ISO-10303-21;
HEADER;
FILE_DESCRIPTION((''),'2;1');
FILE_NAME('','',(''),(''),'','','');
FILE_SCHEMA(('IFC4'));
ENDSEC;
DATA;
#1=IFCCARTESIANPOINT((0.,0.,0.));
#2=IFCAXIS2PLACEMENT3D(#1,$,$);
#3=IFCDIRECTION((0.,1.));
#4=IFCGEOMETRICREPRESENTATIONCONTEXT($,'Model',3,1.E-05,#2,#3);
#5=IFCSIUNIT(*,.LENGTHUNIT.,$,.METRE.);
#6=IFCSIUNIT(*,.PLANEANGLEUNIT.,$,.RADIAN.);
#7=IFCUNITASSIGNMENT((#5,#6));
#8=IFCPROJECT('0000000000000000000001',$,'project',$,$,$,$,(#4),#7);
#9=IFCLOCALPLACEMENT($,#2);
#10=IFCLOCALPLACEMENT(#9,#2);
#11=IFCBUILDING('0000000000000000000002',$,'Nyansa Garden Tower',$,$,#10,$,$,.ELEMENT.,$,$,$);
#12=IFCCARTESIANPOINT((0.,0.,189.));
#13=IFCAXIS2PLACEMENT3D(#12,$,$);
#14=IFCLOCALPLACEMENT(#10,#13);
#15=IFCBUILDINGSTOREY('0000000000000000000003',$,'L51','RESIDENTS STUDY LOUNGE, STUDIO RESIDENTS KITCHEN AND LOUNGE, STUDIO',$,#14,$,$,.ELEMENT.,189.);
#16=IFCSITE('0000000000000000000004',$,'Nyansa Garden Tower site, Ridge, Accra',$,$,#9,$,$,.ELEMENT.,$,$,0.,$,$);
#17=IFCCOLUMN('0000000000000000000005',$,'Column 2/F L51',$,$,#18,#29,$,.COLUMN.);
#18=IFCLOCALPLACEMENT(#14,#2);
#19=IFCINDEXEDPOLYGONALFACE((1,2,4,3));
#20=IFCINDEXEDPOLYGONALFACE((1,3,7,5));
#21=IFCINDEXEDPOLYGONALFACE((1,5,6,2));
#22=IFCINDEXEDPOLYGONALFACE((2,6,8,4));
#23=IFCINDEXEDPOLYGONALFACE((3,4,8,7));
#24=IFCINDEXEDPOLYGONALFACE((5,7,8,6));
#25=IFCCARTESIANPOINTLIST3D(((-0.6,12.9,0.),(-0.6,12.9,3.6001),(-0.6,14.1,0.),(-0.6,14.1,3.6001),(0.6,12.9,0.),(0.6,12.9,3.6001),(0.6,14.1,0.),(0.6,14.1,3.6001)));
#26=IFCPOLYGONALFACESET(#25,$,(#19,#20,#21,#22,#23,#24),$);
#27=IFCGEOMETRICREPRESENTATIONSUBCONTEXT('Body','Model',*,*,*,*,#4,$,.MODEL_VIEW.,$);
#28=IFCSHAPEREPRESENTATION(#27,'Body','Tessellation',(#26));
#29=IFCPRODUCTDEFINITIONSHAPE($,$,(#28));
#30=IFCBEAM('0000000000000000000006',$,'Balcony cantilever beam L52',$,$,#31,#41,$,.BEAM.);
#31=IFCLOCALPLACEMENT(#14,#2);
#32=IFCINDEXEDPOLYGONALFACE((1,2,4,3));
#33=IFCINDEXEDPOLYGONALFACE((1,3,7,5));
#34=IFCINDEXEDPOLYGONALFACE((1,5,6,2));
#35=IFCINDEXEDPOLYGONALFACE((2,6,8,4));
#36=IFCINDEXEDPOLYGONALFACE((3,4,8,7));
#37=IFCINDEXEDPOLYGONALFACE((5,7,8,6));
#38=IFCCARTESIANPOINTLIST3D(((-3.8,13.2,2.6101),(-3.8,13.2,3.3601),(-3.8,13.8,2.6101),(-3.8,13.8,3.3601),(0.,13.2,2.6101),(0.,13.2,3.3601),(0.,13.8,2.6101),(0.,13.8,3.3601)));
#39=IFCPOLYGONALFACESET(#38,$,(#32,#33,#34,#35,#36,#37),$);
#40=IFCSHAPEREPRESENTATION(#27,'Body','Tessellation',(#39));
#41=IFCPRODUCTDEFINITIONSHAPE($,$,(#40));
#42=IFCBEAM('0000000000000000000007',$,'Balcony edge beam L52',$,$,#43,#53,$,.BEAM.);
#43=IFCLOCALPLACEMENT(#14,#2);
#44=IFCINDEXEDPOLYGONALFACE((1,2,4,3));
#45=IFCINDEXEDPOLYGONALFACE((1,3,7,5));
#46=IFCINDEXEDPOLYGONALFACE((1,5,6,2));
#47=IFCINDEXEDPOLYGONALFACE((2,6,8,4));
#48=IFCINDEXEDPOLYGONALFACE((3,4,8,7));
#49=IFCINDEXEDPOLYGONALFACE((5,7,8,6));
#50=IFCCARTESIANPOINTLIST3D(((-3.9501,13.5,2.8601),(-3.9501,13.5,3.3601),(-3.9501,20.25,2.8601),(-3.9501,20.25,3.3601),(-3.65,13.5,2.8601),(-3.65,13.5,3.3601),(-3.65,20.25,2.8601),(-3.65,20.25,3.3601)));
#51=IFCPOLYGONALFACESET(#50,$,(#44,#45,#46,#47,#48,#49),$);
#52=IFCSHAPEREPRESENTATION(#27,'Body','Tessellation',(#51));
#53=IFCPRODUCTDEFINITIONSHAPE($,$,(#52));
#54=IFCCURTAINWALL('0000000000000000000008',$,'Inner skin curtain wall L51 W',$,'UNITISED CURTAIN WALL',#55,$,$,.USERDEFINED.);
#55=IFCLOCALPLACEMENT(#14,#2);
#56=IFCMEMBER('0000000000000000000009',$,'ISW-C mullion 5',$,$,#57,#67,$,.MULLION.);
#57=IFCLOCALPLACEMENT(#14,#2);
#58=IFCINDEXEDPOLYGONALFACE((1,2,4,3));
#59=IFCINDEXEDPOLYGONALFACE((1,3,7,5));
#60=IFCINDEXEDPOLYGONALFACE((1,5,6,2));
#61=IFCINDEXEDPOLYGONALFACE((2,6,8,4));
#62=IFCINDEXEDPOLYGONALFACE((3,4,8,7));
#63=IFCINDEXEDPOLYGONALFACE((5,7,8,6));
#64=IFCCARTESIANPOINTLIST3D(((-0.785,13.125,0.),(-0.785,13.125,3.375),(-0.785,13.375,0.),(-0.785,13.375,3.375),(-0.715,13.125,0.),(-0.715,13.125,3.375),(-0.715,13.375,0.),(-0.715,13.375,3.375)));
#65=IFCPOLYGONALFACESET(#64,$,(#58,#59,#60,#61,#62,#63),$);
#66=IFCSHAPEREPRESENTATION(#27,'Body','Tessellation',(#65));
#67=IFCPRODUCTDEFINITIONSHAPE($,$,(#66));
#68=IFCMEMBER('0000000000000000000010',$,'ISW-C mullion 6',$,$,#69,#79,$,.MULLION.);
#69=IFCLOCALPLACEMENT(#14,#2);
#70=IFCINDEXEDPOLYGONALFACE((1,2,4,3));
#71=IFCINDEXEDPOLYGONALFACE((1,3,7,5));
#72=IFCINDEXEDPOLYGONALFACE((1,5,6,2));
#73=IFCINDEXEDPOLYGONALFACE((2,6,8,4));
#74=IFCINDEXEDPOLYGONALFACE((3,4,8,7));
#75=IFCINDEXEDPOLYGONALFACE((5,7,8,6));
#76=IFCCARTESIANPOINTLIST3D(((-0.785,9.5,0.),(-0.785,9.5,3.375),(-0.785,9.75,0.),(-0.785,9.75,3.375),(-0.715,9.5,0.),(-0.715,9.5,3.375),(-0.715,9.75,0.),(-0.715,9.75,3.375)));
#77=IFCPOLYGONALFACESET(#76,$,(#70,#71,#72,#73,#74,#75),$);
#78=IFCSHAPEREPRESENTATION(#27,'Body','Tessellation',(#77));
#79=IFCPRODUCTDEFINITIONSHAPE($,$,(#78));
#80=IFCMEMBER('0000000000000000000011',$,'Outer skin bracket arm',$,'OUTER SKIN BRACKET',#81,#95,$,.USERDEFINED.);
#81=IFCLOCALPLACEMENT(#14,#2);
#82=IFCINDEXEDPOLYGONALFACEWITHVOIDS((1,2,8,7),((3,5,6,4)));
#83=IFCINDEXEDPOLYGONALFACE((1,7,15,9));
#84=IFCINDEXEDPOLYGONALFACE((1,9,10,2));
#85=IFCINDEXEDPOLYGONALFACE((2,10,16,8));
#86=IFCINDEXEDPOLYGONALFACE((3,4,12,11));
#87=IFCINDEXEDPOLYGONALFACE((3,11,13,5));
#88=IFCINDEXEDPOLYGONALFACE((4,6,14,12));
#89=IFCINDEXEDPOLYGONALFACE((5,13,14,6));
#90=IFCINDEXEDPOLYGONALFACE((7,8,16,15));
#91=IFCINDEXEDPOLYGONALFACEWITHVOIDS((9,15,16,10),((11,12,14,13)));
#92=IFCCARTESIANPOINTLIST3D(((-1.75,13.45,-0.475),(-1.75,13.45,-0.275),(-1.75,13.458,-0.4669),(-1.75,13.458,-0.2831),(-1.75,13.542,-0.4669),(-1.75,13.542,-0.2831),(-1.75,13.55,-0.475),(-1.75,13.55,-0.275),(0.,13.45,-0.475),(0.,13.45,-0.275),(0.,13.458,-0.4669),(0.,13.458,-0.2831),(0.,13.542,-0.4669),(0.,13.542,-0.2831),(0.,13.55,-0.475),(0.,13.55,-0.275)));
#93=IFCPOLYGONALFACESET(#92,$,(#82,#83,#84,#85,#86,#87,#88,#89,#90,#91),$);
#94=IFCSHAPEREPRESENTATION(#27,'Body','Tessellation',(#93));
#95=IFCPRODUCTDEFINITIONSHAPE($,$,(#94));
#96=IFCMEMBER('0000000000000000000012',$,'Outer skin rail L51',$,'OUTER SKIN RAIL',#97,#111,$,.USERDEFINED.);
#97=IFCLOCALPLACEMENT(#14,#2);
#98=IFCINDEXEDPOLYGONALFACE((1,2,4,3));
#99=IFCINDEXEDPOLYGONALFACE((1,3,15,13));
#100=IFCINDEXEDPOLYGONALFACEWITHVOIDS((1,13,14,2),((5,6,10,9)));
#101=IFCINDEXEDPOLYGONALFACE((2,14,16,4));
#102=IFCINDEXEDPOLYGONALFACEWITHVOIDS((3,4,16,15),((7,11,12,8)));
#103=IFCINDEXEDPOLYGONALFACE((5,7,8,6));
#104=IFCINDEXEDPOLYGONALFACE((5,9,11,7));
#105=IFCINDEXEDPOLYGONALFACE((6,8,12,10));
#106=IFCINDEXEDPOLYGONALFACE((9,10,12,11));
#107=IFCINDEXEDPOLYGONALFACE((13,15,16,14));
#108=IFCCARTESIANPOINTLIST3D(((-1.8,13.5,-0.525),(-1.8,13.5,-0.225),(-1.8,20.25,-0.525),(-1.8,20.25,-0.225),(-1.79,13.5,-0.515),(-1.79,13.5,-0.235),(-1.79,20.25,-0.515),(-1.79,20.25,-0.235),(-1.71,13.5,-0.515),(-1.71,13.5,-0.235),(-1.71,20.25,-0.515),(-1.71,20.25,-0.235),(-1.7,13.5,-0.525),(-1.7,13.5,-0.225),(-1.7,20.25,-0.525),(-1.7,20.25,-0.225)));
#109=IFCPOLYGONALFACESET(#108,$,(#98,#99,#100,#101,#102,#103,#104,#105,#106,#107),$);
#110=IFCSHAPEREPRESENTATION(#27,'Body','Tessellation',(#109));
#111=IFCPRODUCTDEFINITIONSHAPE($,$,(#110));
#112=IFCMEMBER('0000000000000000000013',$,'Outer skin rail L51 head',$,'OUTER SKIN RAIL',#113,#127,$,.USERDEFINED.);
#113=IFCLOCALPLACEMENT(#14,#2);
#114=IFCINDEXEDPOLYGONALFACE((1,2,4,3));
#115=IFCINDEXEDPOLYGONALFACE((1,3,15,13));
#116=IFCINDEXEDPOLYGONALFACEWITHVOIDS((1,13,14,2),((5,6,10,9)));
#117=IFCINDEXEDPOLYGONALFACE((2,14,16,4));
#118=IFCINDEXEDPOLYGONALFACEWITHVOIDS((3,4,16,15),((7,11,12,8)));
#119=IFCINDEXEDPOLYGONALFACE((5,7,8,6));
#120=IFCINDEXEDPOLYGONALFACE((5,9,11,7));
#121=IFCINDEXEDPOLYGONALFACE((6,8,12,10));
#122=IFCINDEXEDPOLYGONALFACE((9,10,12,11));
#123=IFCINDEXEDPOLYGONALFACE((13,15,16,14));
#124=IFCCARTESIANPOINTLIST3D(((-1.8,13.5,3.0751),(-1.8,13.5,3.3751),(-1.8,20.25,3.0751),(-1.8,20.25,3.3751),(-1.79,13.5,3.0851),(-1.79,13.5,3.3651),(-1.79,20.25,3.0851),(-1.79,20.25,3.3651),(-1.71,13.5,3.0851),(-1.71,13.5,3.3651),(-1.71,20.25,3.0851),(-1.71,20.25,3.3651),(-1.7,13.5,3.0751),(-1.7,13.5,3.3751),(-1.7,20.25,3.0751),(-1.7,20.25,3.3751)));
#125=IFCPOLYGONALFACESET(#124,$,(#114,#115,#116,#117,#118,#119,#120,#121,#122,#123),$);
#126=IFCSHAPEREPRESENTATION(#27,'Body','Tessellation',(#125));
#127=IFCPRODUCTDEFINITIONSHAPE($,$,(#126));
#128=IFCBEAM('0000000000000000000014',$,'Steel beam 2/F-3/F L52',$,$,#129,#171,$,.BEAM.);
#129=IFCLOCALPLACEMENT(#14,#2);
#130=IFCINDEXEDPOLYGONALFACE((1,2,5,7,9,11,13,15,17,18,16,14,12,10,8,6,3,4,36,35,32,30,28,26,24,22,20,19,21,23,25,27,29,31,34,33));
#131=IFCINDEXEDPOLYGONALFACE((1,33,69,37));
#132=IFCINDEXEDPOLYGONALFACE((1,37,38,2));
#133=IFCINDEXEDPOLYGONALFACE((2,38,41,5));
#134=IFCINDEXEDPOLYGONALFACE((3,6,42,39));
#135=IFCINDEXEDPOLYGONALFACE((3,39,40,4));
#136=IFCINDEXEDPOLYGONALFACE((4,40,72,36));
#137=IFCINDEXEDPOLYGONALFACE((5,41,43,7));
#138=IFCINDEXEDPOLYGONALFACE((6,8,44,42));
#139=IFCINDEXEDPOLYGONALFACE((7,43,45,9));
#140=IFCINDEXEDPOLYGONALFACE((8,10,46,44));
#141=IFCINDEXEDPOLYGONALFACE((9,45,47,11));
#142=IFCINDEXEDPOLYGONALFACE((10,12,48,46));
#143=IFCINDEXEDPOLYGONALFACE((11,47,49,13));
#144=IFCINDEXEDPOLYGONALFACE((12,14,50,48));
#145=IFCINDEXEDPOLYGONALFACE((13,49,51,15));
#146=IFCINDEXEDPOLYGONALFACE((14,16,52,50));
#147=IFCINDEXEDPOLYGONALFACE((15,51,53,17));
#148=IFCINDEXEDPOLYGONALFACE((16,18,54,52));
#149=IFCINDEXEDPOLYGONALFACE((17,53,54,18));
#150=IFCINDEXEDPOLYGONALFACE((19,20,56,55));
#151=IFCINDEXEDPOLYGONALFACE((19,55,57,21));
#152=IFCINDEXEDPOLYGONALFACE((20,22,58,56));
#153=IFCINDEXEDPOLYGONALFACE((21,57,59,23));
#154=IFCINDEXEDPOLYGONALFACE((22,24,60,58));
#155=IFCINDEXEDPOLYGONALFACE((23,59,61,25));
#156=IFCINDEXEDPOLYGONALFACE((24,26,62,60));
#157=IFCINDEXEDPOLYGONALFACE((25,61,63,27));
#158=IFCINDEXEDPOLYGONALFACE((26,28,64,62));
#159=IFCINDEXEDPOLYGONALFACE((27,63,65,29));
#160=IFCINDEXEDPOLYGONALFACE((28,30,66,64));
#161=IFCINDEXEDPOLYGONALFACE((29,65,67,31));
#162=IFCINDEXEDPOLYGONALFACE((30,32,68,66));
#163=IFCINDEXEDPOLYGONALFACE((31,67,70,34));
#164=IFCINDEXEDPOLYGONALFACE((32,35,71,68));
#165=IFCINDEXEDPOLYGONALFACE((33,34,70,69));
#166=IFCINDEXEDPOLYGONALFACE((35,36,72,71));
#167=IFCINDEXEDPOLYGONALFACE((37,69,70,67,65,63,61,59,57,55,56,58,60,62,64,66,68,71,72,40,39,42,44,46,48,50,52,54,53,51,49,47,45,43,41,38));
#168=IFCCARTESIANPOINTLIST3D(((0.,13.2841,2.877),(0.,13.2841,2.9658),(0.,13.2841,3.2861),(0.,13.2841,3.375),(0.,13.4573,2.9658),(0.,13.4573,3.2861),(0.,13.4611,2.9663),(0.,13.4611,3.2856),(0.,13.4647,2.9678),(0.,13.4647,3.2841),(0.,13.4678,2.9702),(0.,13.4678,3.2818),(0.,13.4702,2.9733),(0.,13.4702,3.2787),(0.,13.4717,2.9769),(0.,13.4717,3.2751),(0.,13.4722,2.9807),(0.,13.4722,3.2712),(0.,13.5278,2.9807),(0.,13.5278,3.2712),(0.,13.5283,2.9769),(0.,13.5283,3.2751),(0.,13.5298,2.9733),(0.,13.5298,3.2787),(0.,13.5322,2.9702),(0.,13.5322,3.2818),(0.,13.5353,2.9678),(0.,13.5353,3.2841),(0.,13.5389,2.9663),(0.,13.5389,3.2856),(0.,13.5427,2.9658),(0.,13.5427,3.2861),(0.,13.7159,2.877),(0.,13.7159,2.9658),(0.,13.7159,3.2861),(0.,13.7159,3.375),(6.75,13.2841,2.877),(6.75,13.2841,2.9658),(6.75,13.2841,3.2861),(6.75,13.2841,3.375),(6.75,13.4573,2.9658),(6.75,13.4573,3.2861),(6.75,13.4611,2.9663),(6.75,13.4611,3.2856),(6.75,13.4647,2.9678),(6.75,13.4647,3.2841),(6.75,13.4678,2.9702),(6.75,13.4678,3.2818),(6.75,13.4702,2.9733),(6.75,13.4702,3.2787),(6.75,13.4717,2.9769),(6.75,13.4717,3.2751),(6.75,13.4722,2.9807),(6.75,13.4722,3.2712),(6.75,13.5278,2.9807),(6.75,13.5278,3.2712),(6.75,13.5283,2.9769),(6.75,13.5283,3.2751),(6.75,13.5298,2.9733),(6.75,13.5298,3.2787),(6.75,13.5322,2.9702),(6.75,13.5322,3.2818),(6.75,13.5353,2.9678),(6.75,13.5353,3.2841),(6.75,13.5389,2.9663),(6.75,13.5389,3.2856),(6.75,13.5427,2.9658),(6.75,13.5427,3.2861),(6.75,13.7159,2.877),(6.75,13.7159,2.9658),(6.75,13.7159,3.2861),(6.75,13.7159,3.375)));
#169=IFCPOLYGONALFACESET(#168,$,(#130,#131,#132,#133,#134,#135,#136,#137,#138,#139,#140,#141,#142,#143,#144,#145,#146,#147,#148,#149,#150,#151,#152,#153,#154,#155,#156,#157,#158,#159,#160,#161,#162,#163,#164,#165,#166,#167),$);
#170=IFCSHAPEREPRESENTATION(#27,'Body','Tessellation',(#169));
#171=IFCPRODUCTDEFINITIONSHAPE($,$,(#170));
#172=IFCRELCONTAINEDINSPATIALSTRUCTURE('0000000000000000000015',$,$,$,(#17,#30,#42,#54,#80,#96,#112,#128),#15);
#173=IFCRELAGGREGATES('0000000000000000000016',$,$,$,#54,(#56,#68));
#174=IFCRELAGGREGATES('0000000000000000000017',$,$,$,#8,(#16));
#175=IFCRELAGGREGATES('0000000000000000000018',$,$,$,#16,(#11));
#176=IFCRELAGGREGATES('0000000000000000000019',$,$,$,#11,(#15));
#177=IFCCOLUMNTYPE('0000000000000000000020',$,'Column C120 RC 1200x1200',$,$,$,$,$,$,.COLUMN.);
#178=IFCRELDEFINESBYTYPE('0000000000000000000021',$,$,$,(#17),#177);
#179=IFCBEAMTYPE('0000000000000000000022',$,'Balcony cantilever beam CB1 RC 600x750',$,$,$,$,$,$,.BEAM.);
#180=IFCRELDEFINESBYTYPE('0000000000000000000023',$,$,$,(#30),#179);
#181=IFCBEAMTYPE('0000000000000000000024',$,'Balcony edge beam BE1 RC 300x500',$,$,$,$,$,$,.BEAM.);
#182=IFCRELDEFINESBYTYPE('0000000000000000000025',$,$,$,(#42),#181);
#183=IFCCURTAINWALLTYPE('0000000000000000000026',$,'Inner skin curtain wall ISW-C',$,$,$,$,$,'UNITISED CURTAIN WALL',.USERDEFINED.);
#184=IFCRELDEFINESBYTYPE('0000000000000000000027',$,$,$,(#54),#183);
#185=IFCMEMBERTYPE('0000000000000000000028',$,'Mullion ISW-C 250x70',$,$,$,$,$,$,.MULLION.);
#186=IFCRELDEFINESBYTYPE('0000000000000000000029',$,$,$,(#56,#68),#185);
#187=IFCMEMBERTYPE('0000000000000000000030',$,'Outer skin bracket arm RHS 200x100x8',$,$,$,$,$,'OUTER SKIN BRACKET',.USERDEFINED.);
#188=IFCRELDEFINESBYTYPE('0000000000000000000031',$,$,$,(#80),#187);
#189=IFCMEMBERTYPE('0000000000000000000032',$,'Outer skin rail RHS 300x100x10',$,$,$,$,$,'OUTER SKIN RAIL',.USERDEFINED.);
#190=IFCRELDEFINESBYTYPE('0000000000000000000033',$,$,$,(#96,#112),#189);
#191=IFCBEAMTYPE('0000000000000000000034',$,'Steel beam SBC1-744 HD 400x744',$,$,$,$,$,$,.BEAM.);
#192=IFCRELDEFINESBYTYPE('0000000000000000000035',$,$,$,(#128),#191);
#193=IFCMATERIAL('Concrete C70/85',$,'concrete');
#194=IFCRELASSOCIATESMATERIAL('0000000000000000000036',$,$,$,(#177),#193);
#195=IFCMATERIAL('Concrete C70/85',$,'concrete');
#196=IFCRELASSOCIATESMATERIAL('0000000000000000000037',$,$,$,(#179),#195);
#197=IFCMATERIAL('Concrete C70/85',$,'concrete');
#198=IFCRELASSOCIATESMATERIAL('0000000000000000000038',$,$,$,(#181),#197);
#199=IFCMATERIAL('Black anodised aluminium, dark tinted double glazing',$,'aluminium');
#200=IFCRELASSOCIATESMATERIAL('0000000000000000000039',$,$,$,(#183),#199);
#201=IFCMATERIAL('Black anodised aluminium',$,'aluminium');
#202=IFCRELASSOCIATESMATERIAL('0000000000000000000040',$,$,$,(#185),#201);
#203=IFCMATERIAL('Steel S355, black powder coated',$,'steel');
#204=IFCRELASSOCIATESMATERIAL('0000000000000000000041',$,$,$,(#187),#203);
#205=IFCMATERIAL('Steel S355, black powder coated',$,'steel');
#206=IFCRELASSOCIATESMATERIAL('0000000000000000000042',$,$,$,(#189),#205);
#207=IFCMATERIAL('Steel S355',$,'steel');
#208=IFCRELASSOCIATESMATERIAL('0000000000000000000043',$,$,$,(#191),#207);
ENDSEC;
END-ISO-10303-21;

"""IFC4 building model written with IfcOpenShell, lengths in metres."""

from ifc_helpers import new_model, si_unit, direction, frame, origin, origin_2d, place, context, subcontext, project, spatial, rectangle, hollow_rectangle, i_section, extrude, material, material_profile, profile_set, type_object, element, aggregate, save


model = new_model("IFC4")

# Units and contexts
model_context = context("Model", 3, precision=1e-05, world=origin(), true_north=direction((0.0, 1.0)))
body_context = subcontext(model_context, "Body", "Model", "MODEL_VIEW")
ifc_project = project(units=[si_unit("LENGTHUNIT", "METRE"), si_unit("PLANEANGLEUNIT", "RADIAN")], contexts=[model_context])

# Site, building, storey
site_placement = place(None, origin())
site = spatial("IfcSite", under=ifc_project, at=site_placement, Name="Nyansa Garden Tower site, Ridge, Accra", CompositionType="ELEMENT", RefElevation=0.0)
building_placement = place(site_placement, origin())
building = spatial("IfcBuilding", under=site, at=building_placement, Name="Nyansa Garden Tower", CompositionType="ELEMENT")
storey_placement = place(building_placement, frame((0.0, 0.0, 189.0)))
storey = spatial("IfcBuildingStorey", under=building, at=storey_placement, Name="L51", Description="RESIDENTS STUDY LOUNGE, STUDIO RESIDENTS KITCHEN AND LOUNGE, STUDIO", CompositionType="ELEMENT", Elevation=189.0)

# Column
ifc_material_1 = material(Name="Concrete C70/85", Category="concrete")
ifc_material_profile_1 = material_profile(ifc_material_1, rectangle(XDim=1.2, YDim=1.2, at=origin_2d()), Name="RC 1200x1200")
ifc_profile_set_1 = profile_set([ifc_material_profile_1], Name="Concrete C70/85")
column_type = type_object("IfcColumnType", Name="Column C120 RC 1200x1200", PredefinedType="COLUMN", material=ifc_profile_set_1)
column_placement = place(storey_placement, frame((0.0, 13.5, 0.0), z_axis=(0.0, 0.0, 1.0), x_axis=(1.0, 0.0, 0.0)))
element("IfcColumn", 1, at=column_placement, inside=storey, type_object=column_type, Name="Column 2/F L51", PredefinedType="COLUMN", context=body_context, shape_type="SweptSolid", body=[
    extrude(rectangle(XDim=1.2, YDim=1.2, at=origin_2d()), origin(), (0.0, 0.0, 1.0), 3.6001),
])

# Beams
ifc_material_2 = material(Name="Concrete C70/85", Category="concrete")
ifc_material_profile_2 = material_profile(ifc_material_2, rectangle(XDim=0.6001, YDim=0.75, at=origin_2d()), Name="RC 600x750")
ifc_profile_set_2 = profile_set([ifc_material_profile_2], Name="Concrete C70/85")
beam_type_1 = type_object("IfcBeamType", Name="Balcony cantilever beam CB1 RC 600x750", PredefinedType="BEAM", material=ifc_profile_set_2)
beam_1_placement = place(storey_placement, frame((0.0, 13.5, 2.9851), z_axis=(-1.0, 0.0, 0.0), x_axis=(0.0, -1.0, 0.0)))
element("IfcBeam", 2, at=beam_1_placement, inside=storey, type_object=beam_type_1, Name="Balcony cantilever beam L52", PredefinedType="BEAM", context=body_context, shape_type="SweptSolid", body=[
    extrude(rectangle(XDim=0.6001, YDim=0.75, at=origin_2d()), origin(), (0.0, 0.0, 1.0), 3.8),
])
ifc_material_3 = material(Name="Concrete C70/85", Category="concrete")
ifc_material_profile_3 = material_profile(ifc_material_3, rectangle(XDim=0.3, YDim=0.5, at=origin_2d()), Name="RC 300x500")
ifc_profile_set_3 = profile_set([ifc_material_profile_3], Name="Concrete C70/85")
beam_type_2 = type_object("IfcBeamType", Name="Balcony edge beam BE1 RC 300x500", PredefinedType="BEAM", material=ifc_profile_set_3)
beam_2_placement = place(storey_placement, frame((-3.8, 13.5, 3.1101), z_axis=(0.0, 1.0, 0.0), x_axis=(-1.0, 0.0, 0.0)))
element("IfcBeam", 3, at=beam_2_placement, inside=storey, type_object=beam_type_2, Name="Balcony edge beam L52", PredefinedType="BEAM", context=body_context, shape_type="SweptSolid", body=[
    extrude(rectangle(XDim=0.3, YDim=0.5, at=origin_2d()), origin(), (0.0, 0.0, 1.0), 6.75),
])

# Curtain wall, members
ifc_material_4 = material(Name="Black anodised aluminium, dark tinted double glazing", Category="aluminium")
curtain_wall_type = type_object("IfcCurtainWallType", Name="Inner skin curtain wall ISW-C", ElementType="UNITISED CURTAIN WALL", PredefinedType="USERDEFINED", material=ifc_material_4)
curtain_wall_placement = place(storey_placement, origin())
curtain_wall = element("IfcCurtainWall", 4, at=curtain_wall_placement, inside=storey, type_object=curtain_wall_type, Name="Inner skin curtain wall L51 W", ObjectType="UNITISED CURTAIN WALL", PredefinedType="USERDEFINED")
ifc_material_5 = material(Name="Black anodised aluminium", Category="aluminium")
ifc_material_profile_4 = material_profile(ifc_material_5, rectangle(XDim=0.0701, YDim=0.25, at=origin_2d()), Name="Mullion 250x70")
ifc_profile_set_4 = profile_set([ifc_material_profile_4], Name="Black anodised aluminium")
member_type_1 = type_object("IfcMemberType", Name="Mullion ISW-C 250x70", PredefinedType="MULLION", material=ifc_profile_set_4)
member_1_placement = place(storey_placement, frame((-0.75, 13.25, 0.0), z_axis=(0.0, 0.0, 1.0), x_axis=(1.0, 0.0, 0.0)))
member_1 = element("IfcMember", 5, at=member_1_placement, type_object=member_type_1, Name="ISW-C mullion 5", PredefinedType="MULLION", context=body_context, shape_type="SweptSolid", body=[
    extrude(rectangle(XDim=0.0701, YDim=0.25, at=origin_2d()), origin(), (0.0, 0.0, 1.0), 3.375),
])
member_2_placement = place(storey_placement, frame((-0.75, 9.625, 0.0), z_axis=(0.0, 0.0, 1.0), x_axis=(1.0, 0.0, 0.0)))
member_2 = element("IfcMember", 6, at=member_2_placement, type_object=member_type_1, Name="ISW-C mullion 6", PredefinedType="MULLION", context=body_context, shape_type="SweptSolid", body=[
    extrude(rectangle(XDim=0.0701, YDim=0.25, at=origin_2d()), origin(), (0.0, 0.0, 1.0), 3.375),
])

# Members
ifc_material_6 = material(Name="Steel S355, black powder coated", Category="steel")
ifc_material_profile_5 = material_profile(ifc_material_6, hollow_rectangle(XDim=0.1001, YDim=0.2, WallThickness=0.0081, at=origin_2d()), Name="RHS 200x100x8")
ifc_profile_set_5 = profile_set([ifc_material_profile_5], Name="Steel S355, black powder coated")
member_type_2 = type_object("IfcMemberType", Name="Outer skin bracket arm RHS 200x100x8", ElementType="OUTER SKIN BRACKET", PredefinedType="USERDEFINED", material=ifc_profile_set_5)
member_3_placement = place(storey_placement, frame((0.0, 13.5, -0.375), z_axis=(-1.0, 0.0, 0.0), x_axis=(0.0, -1.0, 0.0)))
element("IfcMember", 7, at=member_3_placement, inside=storey, type_object=member_type_2, Name="Outer skin bracket arm", ObjectType="OUTER SKIN BRACKET", PredefinedType="USERDEFINED", context=body_context, shape_type="SweptSolid", body=[
    extrude(hollow_rectangle(XDim=0.1001, YDim=0.2, WallThickness=0.0081, at=origin_2d()), origin(), (0.0, 0.0, 1.0), 1.75),
])
ifc_material_7 = material(Name="Steel S355, black powder coated", Category="steel")
ifc_material_profile_6 = material_profile(ifc_material_7, hollow_rectangle(XDim=0.1001, YDim=0.3, WallThickness=0.01, at=origin_2d()), Name="RHS 300x100x10")
ifc_profile_set_6 = profile_set([ifc_material_profile_6], Name="Steel S355, black powder coated")
member_type_3 = type_object("IfcMemberType", Name="Outer skin rail RHS 300x100x10", ElementType="OUTER SKIN RAIL", PredefinedType="USERDEFINED", material=ifc_profile_set_6)
for number, where, z_axis, x_axis, name in (
    (8, (-1.75, 13.5, -0.375), (0.0, 1.0, 0.0), (-1.0, 0.0, 0.0), "Outer skin rail L51"),
    (9, (-1.75, 13.5, 3.2251), (0.0, 1.0, 0.0), (-1.0, 0.0, 0.0), "Outer skin rail L51 head"),
):
    element("IfcMember", number, at=place(storey_placement, frame(where, z_axis=z_axis, x_axis=x_axis)), inside=storey, type_object=member_type_3, Name=name, ObjectType="OUTER SKIN RAIL", PredefinedType="USERDEFINED", context=body_context, shape_type="SweptSolid", body=[
        extrude(hollow_rectangle(XDim=0.1001, YDim=0.3, WallThickness=0.01, at=origin_2d()), origin(), (0.0, 0.0, 1.0), 6.75),
    ])

# Beam
ifc_material_8 = material(Name="Steel S355", Category="steel")
ifc_material_profile_7 = material_profile(ifc_material_8, i_section(OverallWidth=0.4319, OverallDepth=0.498, WebThickness=0.0557, FlangeThickness=0.0889, FilletRadius=0.0149, at=origin_2d()), Name="HD 400x744")
ifc_profile_set_7 = profile_set([ifc_material_profile_7], Name="Steel S355")
beam_type_3 = type_object("IfcBeamType", Name="Steel beam SBC1-744 HD 400x744", PredefinedType="BEAM", material=ifc_profile_set_7)
beam_3_placement = place(storey_placement, frame((0.0, 13.5, 3.126), z_axis=(1.0, 0.0, 0.0), x_axis=(0.0, 1.0, 0.0)))
element("IfcBeam", 10, at=beam_3_placement, inside=storey, type_object=beam_type_3, Name="Steel beam 2/F-3/F L52", PredefinedType="BEAM", context=body_context, shape_type="SweptSolid", body=[
    extrude(i_section(OverallWidth=0.4319, OverallDepth=0.498, WebThickness=0.0557, FlangeThickness=0.0889, FilletRadius=0.0149, at=origin_2d()), origin(), (0.0, 0.0, 1.0), 6.75),
])

aggregate(curtain_wall, [member_1, member_2])

save(model, "model.ifc")
